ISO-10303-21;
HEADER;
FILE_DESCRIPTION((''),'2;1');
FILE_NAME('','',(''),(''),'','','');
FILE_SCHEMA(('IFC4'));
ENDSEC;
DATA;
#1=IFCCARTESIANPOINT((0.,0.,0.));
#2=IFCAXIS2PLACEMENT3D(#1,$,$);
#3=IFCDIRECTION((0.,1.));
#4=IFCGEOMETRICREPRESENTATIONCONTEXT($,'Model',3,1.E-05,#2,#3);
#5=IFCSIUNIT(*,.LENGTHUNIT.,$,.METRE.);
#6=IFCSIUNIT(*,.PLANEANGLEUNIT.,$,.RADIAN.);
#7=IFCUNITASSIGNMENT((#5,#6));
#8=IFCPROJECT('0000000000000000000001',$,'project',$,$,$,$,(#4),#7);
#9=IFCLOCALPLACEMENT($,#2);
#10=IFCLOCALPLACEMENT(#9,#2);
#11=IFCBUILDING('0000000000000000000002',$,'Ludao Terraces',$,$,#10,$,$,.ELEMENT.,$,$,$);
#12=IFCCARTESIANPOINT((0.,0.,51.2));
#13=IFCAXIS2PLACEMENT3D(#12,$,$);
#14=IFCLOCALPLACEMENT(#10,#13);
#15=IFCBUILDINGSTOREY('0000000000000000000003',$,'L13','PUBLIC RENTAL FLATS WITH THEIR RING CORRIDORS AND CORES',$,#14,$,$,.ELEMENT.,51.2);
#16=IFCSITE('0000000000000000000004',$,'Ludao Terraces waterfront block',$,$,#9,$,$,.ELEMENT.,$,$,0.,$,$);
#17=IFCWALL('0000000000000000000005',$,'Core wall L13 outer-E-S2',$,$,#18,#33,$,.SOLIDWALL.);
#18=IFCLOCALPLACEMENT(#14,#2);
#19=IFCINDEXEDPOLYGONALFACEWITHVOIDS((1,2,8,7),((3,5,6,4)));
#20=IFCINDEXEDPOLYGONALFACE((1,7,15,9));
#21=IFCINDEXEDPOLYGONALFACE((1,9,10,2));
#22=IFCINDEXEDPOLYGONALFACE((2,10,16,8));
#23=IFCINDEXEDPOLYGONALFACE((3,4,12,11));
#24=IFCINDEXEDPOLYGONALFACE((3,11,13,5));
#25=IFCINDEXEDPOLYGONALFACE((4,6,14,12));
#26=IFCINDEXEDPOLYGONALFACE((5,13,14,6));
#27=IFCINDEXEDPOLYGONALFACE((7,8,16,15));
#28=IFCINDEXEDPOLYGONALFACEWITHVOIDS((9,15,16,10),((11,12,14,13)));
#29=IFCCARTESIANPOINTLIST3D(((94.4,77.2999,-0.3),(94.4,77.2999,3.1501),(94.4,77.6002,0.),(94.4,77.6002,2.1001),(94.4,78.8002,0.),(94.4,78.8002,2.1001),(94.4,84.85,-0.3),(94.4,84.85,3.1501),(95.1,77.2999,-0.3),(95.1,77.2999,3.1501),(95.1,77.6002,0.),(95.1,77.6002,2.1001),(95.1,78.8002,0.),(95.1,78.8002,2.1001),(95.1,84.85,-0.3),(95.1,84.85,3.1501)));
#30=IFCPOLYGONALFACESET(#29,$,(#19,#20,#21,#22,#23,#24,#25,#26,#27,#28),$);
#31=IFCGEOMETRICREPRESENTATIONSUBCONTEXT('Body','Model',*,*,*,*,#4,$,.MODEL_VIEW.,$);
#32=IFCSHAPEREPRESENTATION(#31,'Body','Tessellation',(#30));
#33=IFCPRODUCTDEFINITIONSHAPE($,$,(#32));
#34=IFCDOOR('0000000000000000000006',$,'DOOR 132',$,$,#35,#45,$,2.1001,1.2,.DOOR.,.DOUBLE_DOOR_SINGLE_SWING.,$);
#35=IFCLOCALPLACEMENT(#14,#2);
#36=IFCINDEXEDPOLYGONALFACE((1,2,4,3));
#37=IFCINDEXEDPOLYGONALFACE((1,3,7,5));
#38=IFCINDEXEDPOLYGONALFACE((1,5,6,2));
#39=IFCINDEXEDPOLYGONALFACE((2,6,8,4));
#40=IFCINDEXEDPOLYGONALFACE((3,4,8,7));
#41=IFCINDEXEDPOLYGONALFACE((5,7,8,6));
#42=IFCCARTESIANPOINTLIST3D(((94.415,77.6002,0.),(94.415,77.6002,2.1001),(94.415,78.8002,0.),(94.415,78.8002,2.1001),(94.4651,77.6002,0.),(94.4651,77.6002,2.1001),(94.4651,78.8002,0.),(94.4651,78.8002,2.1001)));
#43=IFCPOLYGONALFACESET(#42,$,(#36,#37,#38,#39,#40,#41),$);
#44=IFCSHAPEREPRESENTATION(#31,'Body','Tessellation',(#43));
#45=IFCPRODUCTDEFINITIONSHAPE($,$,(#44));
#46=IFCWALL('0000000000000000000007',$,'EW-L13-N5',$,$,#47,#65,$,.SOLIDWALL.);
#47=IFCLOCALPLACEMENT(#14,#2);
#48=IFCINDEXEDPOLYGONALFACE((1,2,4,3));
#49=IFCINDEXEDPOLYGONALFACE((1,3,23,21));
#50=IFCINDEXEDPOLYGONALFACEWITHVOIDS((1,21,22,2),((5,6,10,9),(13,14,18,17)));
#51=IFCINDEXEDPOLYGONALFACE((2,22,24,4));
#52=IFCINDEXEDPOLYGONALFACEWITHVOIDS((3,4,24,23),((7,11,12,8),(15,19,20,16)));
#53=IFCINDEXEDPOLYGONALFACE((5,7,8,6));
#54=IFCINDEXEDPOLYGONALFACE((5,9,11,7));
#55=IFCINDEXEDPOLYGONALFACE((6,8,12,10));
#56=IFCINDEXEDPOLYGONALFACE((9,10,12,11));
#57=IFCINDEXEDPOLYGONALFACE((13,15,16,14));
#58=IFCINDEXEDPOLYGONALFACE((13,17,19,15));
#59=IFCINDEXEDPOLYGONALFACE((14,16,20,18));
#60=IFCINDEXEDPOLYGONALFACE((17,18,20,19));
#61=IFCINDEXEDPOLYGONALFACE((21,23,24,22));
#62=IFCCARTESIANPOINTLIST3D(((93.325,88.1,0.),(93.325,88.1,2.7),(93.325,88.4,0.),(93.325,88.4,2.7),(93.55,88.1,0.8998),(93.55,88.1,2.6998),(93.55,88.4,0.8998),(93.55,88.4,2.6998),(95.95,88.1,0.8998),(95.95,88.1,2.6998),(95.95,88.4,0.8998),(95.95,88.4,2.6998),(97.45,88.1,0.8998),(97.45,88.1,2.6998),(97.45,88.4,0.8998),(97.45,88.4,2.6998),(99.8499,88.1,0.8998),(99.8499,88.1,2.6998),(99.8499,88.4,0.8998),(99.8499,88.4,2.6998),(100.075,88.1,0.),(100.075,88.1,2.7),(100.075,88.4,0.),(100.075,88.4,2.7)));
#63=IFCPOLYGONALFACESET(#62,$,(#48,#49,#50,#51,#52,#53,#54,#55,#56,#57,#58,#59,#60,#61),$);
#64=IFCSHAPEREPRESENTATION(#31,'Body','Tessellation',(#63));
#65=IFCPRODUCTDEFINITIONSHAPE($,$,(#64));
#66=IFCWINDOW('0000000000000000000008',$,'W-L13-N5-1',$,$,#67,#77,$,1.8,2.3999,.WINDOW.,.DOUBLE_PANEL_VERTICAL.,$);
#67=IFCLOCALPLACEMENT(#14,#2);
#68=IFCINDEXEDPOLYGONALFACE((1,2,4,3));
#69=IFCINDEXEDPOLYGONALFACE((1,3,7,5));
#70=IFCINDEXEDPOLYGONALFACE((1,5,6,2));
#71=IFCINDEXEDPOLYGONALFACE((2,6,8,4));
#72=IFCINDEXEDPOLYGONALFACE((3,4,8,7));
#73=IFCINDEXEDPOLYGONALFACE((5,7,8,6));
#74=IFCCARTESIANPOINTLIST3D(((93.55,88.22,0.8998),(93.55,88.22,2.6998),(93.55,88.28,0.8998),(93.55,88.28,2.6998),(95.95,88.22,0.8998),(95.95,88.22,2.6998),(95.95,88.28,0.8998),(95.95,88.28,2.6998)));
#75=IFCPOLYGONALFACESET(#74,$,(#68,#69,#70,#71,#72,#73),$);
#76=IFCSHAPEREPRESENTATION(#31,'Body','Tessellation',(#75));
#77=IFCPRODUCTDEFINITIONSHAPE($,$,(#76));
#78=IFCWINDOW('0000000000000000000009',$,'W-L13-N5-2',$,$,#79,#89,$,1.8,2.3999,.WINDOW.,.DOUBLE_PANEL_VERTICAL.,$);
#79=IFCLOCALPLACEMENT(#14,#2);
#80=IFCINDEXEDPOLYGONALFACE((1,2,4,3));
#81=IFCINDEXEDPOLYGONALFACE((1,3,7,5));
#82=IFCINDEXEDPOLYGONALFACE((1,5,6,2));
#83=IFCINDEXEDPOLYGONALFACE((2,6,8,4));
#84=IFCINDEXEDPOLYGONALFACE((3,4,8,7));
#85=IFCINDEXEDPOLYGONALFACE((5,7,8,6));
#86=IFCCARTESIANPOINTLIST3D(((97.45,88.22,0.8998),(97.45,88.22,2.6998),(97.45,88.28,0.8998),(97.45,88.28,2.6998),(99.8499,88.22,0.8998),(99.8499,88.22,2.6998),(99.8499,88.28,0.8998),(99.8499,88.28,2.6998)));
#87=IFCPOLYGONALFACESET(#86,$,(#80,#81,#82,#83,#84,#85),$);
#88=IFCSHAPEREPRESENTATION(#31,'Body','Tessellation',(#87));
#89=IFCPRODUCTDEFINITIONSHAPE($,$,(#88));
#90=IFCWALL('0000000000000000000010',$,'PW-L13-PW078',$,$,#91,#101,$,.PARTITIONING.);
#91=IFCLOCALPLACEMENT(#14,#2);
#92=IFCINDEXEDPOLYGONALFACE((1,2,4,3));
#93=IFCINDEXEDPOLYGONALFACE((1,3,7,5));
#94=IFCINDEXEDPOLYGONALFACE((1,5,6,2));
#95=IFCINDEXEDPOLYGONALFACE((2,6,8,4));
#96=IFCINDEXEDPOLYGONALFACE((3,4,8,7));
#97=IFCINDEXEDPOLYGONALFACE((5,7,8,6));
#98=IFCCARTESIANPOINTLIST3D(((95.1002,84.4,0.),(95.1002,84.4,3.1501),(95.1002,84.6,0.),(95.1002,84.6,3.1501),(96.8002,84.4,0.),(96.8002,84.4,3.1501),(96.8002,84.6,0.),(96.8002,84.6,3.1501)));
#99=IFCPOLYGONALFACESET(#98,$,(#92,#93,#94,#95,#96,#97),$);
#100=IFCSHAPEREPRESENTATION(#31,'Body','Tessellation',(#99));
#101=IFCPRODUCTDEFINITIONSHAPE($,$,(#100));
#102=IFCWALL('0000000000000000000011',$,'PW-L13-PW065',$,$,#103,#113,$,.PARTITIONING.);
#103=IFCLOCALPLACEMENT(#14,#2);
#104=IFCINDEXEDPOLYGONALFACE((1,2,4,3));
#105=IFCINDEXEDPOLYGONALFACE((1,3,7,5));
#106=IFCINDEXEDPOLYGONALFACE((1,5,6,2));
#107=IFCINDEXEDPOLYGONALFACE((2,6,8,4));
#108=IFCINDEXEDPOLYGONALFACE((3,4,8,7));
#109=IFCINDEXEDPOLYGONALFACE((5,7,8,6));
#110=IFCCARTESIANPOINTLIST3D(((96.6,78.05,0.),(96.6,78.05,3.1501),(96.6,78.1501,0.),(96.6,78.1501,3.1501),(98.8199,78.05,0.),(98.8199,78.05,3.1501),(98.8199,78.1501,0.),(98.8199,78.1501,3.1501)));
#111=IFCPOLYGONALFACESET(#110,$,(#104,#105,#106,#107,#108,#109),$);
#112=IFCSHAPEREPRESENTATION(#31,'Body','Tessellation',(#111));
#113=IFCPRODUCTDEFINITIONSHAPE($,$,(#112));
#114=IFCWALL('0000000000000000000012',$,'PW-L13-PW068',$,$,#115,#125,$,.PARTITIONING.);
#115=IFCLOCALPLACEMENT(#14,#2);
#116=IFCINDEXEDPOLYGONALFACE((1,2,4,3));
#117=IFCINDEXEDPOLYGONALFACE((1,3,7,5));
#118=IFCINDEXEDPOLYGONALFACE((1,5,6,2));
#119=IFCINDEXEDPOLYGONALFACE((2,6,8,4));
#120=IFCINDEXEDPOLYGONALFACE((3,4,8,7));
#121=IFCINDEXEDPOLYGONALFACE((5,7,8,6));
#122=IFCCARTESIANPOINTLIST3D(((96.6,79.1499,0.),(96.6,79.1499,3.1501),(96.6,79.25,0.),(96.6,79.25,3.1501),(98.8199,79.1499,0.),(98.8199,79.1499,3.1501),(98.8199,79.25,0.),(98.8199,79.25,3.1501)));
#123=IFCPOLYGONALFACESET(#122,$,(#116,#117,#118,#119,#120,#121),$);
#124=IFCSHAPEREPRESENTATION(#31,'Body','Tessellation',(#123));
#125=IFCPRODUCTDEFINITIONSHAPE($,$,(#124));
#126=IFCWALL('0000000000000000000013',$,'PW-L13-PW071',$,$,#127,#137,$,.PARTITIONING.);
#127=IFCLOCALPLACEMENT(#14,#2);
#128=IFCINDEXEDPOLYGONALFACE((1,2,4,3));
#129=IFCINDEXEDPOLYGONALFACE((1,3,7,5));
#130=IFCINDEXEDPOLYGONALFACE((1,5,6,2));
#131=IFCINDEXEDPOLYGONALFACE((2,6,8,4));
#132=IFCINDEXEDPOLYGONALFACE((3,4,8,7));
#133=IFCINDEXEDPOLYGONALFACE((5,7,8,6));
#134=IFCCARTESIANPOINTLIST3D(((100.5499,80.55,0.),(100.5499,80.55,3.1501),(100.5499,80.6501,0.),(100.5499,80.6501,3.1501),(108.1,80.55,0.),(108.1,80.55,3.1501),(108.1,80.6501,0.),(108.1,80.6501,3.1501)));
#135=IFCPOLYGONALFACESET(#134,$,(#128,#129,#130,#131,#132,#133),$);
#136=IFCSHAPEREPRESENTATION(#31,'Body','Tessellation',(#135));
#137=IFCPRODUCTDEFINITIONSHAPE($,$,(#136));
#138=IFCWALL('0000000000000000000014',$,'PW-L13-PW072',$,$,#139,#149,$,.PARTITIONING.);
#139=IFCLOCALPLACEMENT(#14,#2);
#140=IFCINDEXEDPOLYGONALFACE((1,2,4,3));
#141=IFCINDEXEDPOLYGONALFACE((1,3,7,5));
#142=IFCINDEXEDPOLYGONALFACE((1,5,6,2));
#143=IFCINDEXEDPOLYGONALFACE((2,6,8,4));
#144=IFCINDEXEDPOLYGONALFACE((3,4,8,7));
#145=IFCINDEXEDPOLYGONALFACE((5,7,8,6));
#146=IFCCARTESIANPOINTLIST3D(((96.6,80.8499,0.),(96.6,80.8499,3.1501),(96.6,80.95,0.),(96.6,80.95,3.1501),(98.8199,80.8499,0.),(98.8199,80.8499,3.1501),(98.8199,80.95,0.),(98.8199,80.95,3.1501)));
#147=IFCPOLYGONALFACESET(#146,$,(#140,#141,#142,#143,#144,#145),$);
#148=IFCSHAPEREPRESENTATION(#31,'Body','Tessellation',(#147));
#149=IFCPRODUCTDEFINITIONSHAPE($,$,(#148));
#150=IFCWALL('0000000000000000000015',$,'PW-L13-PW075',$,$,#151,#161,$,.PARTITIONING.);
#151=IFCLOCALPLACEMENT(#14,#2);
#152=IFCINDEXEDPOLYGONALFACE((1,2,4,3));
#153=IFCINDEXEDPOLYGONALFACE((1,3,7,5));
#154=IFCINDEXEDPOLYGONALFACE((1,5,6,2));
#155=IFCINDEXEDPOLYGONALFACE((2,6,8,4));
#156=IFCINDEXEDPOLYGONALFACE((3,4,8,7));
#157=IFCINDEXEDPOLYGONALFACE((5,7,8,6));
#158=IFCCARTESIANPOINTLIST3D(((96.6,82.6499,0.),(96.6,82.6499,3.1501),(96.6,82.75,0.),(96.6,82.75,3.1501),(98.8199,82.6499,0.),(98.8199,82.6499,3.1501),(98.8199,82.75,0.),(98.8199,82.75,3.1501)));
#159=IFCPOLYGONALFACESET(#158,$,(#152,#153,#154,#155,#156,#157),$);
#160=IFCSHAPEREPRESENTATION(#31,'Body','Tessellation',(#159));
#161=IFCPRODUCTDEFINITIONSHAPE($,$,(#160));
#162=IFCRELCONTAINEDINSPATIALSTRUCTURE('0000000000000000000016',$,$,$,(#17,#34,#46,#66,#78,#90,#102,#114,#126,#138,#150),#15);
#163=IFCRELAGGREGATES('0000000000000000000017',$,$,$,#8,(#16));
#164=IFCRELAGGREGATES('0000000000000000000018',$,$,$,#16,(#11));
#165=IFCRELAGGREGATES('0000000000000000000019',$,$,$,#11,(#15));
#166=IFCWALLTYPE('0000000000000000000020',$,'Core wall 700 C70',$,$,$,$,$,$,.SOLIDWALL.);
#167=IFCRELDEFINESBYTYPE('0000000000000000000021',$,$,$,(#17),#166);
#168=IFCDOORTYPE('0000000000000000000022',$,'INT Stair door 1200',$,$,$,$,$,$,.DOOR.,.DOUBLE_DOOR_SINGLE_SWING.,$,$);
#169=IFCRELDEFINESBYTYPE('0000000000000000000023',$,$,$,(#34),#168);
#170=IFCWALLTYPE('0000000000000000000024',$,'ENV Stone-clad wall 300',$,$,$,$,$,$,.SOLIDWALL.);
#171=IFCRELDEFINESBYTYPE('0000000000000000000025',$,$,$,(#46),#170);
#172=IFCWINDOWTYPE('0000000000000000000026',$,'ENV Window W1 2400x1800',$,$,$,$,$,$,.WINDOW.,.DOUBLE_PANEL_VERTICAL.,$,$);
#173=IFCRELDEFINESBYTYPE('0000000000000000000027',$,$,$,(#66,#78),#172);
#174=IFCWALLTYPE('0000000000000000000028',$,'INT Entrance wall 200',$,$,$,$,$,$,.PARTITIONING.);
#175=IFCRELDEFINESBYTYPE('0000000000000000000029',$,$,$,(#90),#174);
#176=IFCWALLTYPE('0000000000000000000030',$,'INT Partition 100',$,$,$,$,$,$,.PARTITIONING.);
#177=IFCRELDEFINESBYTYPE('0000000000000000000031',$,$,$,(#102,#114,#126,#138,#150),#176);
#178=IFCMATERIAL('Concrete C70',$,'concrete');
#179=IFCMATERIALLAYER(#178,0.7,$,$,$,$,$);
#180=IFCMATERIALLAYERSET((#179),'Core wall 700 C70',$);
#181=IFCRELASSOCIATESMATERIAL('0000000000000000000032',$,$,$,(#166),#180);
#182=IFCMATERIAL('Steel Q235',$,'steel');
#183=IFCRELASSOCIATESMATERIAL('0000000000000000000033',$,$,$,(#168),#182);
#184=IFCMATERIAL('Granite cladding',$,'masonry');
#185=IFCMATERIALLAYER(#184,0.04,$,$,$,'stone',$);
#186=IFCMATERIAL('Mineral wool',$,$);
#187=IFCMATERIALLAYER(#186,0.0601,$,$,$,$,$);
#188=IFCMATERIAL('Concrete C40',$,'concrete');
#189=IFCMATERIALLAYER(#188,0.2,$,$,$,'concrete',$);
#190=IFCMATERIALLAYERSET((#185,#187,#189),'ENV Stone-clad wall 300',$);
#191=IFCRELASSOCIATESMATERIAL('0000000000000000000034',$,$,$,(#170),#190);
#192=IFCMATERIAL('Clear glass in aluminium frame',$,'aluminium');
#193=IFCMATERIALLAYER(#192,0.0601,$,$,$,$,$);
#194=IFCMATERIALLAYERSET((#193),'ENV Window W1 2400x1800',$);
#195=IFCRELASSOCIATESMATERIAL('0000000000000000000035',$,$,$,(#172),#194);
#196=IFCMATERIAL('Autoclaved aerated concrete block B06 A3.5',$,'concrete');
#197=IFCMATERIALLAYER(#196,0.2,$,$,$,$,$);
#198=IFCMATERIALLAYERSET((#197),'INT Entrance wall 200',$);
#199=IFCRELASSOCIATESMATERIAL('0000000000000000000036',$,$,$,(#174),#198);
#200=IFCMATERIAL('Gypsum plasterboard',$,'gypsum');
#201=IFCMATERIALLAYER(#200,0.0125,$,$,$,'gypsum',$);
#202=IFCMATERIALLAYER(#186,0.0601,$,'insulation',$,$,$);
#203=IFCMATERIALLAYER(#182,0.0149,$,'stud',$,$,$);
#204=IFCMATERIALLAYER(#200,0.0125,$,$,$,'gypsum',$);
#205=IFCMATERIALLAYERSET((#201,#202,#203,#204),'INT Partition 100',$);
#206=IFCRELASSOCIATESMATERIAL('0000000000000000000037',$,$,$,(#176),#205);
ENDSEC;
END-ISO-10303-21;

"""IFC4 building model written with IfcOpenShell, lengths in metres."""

from ifc_helpers import new_model, si_unit, direction, frame, frame_2d, origin, place, context, subcontext, project, spatial, rectangle, extrude, material, layer, layer_set, type_object, element, fill, save


model = new_model("IFC4")

# Units and contexts
model_context = context("Model", 3, precision=1e-05, world=origin(), true_north=direction((0.0, 1.0)))
body_context = subcontext(model_context, "Body", "Model", "MODEL_VIEW")
ifc_project = project(units=[si_unit("LENGTHUNIT", "METRE"), si_unit("PLANEANGLEUNIT", "RADIAN")], contexts=[model_context])

# Site, building, storey
site_placement = place(None, origin())
site = spatial("IfcSite", under=ifc_project, at=site_placement, Name="Ludao Terraces waterfront block", CompositionType="ELEMENT", RefElevation=0.0)
building_placement = place(site_placement, origin())
building = spatial("IfcBuilding", under=site, at=building_placement, Name="Ludao Terraces", CompositionType="ELEMENT")
storey_placement = place(building_placement, frame((0.0, 0.0, 51.2)))
storey = spatial("IfcBuildingStorey", under=building, at=storey_placement, Name="L13", Description="PUBLIC RENTAL FLATS WITH THEIR RING CORRIDORS AND CORES", CompositionType="ELEMENT", Elevation=51.2)

# Wall, opening, door
ifc_material_1 = material(Name="Concrete C70", Category="concrete")
ifc_layer_1 = layer(ifc_material_1, 0.7)
ifc_layer_set_1 = layer_set([ifc_layer_1], Name="Core wall 700 C70")
wall_type_1 = type_object("IfcWallType", Name="Core wall 700 C70", PredefinedType="SOLIDWALL", material=ifc_layer_set_1)
wall_1_placement = place(storey_placement, frame((94.75, 77.3, -0.3), z_axis=(0.0, 0.0, 1.0), x_axis=(0.0, 1.0, 0.0)))
wall_1 = element("IfcWall", 1, at=wall_1_placement, inside=storey, type_object=wall_type_1, Name="Core wall L13 outer-E-S2", PredefinedType="SOLIDWALL", context=body_context, shape_type="SweptSolid", body=[
    extrude(rectangle(XDim=7.55, YDim=0.7, at=frame_2d((3.7749, 0.0))), origin(), (0.0, 0.0, 1.0), 3.4502),
])
opening_1_placement = place(wall_1_placement, frame((0.3, 0.0, 0.3)))
opening_1 = element("IfcOpeningElement", 2, at=opening_1_placement, cuts=wall_1, PredefinedType="OPENING", context=body_context, shape_type="SweptSolid", body=[
    extrude(rectangle(XDim=1.2, YDim=2.1001, at=frame_2d((0.6001, 1.05))), frame((0.0, 0.3599, 0.0), z_axis=(0.0, -1.0, 0.0), x_axis=(1.0, 0.0, 0.0)), (0.0, 0.0, 1.0), 0.72),
])
ifc_material_2 = material(Name="Steel Q235", Category="steel")
door_type_1 = type_object("IfcDoorType", Name="INT Stair door 1200", OperationType="DOUBLE_DOOR_SINGLE_SWING", PredefinedType="DOOR", material=ifc_material_2)
door_1_placement = place(opening_1_placement, origin())
door_1 = element("IfcDoor", 3, at=door_1_placement, inside=storey, type_object=door_type_1, Name="DOOR 132", OperationType="DOUBLE_DOOR_SINGLE_SWING", OverallHeight=2.1001, OverallWidth=1.2, PredefinedType="DOOR", context=body_context, shape_type="SweptSolid", body=[
    extrude(rectangle(XDim=1.2, YDim=2.1001, at=frame_2d((0.6001, 1.05))), frame((0.0, 0.335, 0.0), z_axis=(0.0, -1.0, 0.0), x_axis=(1.0, 0.0, 0.0)), (0.0, 0.0, 1.0), 0.05),
])
fill(opening_1, door_1)

# Wall, openings, windows
ifc_material_3 = material(Name="Granite cladding", Category="masonry")
ifc_layer_2 = layer(ifc_material_3, 0.04, Category="stone")
ifc_material_4 = material(Name="Mineral wool")
ifc_layer_3 = layer(ifc_material_4, 0.0601)
ifc_material_5 = material(Name="Concrete C40", Category="concrete")
ifc_layer_4 = layer(ifc_material_5, 0.2, Category="concrete")
ifc_layer_set_2 = layer_set([ifc_layer_2, ifc_layer_3, ifc_layer_4], Name="ENV Stone-clad wall 300")
wall_type_2 = type_object("IfcWallType", Name="ENV Stone-clad wall 300", PredefinedType="SOLIDWALL", material=ifc_layer_set_2)
wall_2_placement = place(storey_placement, frame((93.325, 88.25, 0.0), z_axis=(0.0, 0.0, 1.0), x_axis=(1.0, 0.0, 0.0)))
wall_2 = element("IfcWall", 4, at=wall_2_placement, inside=storey, type_object=wall_type_2, Name="EW-L13-N5", PredefinedType="SOLIDWALL", context=body_context, shape_type="SweptSolid", body=[
    extrude(rectangle(XDim=6.75, YDim=0.3, at=frame_2d((3.375, 0.0))), origin(), (0.0, 0.0, 1.0), 2.7),
])
opening_2_placement = place(wall_2_placement, frame((0.2251, 0.0, 0.8999)))
opening_2 = element("IfcOpeningElement", 5, at=opening_2_placement, cuts=wall_2, PredefinedType="OPENING", context=body_context, shape_type="SweptSolid", body=[
    extrude(rectangle(XDim=2.3999, YDim=1.8, at=frame_2d((1.2, 0.8999))), frame((0.0, 0.1602, 0.0), z_axis=(0.0, -1.0, 0.0), x_axis=(1.0, 0.0, 0.0)), (0.0, 0.0, 1.0), 0.3201),
])
opening_3_placement = place(wall_2_placement, frame((4.125, 0.0, 0.8999)))
opening_3 = element("IfcOpeningElement", 6, at=opening_3_placement, cuts=wall_2, PredefinedType="OPENING", context=body_context, shape_type="SweptSolid", body=[
    extrude(rectangle(XDim=2.3999, YDim=1.8, at=frame_2d((1.2, 0.8999))), frame((0.0, 0.1602, 0.0), z_axis=(0.0, -1.0, 0.0), x_axis=(1.0, 0.0, 0.0)), (0.0, 0.0, 1.0), 0.3201),
])
ifc_material_6 = material(Name="Clear glass in aluminium frame", Category="aluminium")
ifc_layer_5 = layer(ifc_material_6, 0.0601)
ifc_layer_set_3 = layer_set([ifc_layer_5], Name="ENV Window W1 2400x1800")
window_type = type_object("IfcWindowType", Name="ENV Window W1 2400x1800", PartitioningType="DOUBLE_PANEL_VERTICAL", PredefinedType="WINDOW", material=ifc_layer_set_3)
window_1_placement = place(opening_2_placement, origin())
window_1 = element("IfcWindow", 7, at=window_1_placement, inside=storey, type_object=window_type, Name="W-L13-N5-1", OverallHeight=1.8, OverallWidth=2.3999, PartitioningType="DOUBLE_PANEL_VERTICAL", PredefinedType="WINDOW", context=body_context, shape_type="SweptSolid", body=[
    extrude(rectangle(XDim=2.3999, YDim=1.8, at=frame_2d((1.2, 0.8999))), frame((0.0, 0.03, 0.0), z_axis=(0.0, -1.0, 0.0), x_axis=(1.0, 0.0, 0.0)), (0.0, 0.0, 1.0), 0.0601),
])
fill(opening_2, window_1)
window_2_placement = place(opening_3_placement, origin())
window_2 = element("IfcWindow", 8, at=window_2_placement, inside=storey, type_object=window_type, Name="W-L13-N5-2", OverallHeight=1.8, OverallWidth=2.3999, PartitioningType="DOUBLE_PANEL_VERTICAL", PredefinedType="WINDOW", context=body_context, shape_type="SweptSolid", body=[
    extrude(rectangle(XDim=2.3999, YDim=1.8, at=frame_2d((1.2, 0.8999))), frame((0.0, 0.03, 0.0), z_axis=(0.0, -1.0, 0.0), x_axis=(1.0, 0.0, 0.0)), (0.0, 0.0, 1.0), 0.0601),
])
fill(opening_3, window_2)

# Walls
ifc_material_7 = material(Name="Autoclaved aerated concrete block B06 A3.5", Category="concrete")
ifc_layer_6 = layer(ifc_material_7, 0.2)
ifc_layer_set_4 = layer_set([ifc_layer_6], Name="INT Entrance wall 200")
wall_type_3 = type_object("IfcWallType", Name="INT Entrance wall 200", PredefinedType="PARTITIONING", material=ifc_layer_set_4)
wall_3_placement = place(storey_placement, frame((95.1001, 84.5, 0.0), z_axis=(0.0, 0.0, 1.0), x_axis=(1.0, 0.0, 0.0)))
element("IfcWall", 9, at=wall_3_placement, inside=storey, type_object=wall_type_3, Name="PW-L13-PW078", PredefinedType="PARTITIONING", context=body_context, shape_type="SweptSolid", body=[
    extrude(rectangle(XDim=1.7, YDim=0.2, at=frame_2d((0.8501, 0.0))), origin(), (0.0, 0.0, 1.0), 3.1501),
])
ifc_material_8 = material(Name="Gypsum plasterboard", Category="gypsum")
ifc_layer_7 = layer(ifc_material_8, 0.0125, Category="gypsum")
ifc_layer_8 = layer(ifc_material_4, 0.0601, Name="insulation")
ifc_layer_9 = layer(ifc_material_2, 0.0149, Name="stud")
ifc_layer_10 = layer(ifc_material_8, 0.0125, Category="gypsum")
ifc_layer_set_5 = layer_set([ifc_layer_7, ifc_layer_8, ifc_layer_9, ifc_layer_10], Name="INT Partition 100")
wall_type_4 = type_object("IfcWallType", Name="INT Partition 100", PredefinedType="PARTITIONING", material=ifc_layer_set_5)
for number, where, z_axis, x_axis, name in (
    (10, (96.6001, 78.1001, 0.0), (0.0, 0.0, 1.0), (1.0, 0.0, 0.0), "PW-L13-PW065"),
    (11, (96.6001, 79.2, 0.0), (0.0, 0.0, 1.0), (1.0, 0.0, 0.0), "PW-L13-PW068"),
):
    element("IfcWall", number, at=place(storey_placement, frame(where, z_axis=z_axis, x_axis=x_axis)), inside=storey, type_object=wall_type_4, Name=name, PredefinedType="PARTITIONING", context=body_context, shape_type="SweptSolid", body=[
        extrude(rectangle(XDim=2.22, YDim=0.1001, at=frame_2d((1.1099, 0.0))), origin(), (0.0, 0.0, 1.0), 3.1501),
    ])
wall_4_placement = place(storey_placement, frame((100.55, 80.6001, 0.0), z_axis=(0.0, 0.0, 1.0), x_axis=(1.0, 0.0, 0.0)))
element("IfcWall", 12, at=wall_4_placement, inside=storey, type_object=wall_type_4, Name="PW-L13-PW071", PredefinedType="PARTITIONING", context=body_context, shape_type="SweptSolid", body=[
    extrude(rectangle(XDim=7.55, YDim=0.1001, at=frame_2d((3.7749, 0.0))), origin(), (0.0, 0.0, 1.0), 3.1501),
])
for number, where, z_axis, x_axis, name in (
    (13, (96.6001, 80.8999, 0.0), (0.0, 0.0, 1.0), (1.0, 0.0, 0.0), "PW-L13-PW072"),
    (14, (96.6001, 82.7, 0.0), (0.0, 0.0, 1.0), (1.0, 0.0, 0.0), "PW-L13-PW075"),
):
    element("IfcWall", number, at=place(storey_placement, frame(where, z_axis=z_axis, x_axis=x_axis)), inside=storey, type_object=wall_type_4, Name=name, PredefinedType="PARTITIONING", context=body_context, shape_type="SweptSolid", body=[
        extrude(rectangle(XDim=2.22, YDim=0.1001, at=frame_2d((1.1099, 0.0))), origin(), (0.0, 0.0, 1.0), 3.1501),
    ])

save(model, "model.ifc")
